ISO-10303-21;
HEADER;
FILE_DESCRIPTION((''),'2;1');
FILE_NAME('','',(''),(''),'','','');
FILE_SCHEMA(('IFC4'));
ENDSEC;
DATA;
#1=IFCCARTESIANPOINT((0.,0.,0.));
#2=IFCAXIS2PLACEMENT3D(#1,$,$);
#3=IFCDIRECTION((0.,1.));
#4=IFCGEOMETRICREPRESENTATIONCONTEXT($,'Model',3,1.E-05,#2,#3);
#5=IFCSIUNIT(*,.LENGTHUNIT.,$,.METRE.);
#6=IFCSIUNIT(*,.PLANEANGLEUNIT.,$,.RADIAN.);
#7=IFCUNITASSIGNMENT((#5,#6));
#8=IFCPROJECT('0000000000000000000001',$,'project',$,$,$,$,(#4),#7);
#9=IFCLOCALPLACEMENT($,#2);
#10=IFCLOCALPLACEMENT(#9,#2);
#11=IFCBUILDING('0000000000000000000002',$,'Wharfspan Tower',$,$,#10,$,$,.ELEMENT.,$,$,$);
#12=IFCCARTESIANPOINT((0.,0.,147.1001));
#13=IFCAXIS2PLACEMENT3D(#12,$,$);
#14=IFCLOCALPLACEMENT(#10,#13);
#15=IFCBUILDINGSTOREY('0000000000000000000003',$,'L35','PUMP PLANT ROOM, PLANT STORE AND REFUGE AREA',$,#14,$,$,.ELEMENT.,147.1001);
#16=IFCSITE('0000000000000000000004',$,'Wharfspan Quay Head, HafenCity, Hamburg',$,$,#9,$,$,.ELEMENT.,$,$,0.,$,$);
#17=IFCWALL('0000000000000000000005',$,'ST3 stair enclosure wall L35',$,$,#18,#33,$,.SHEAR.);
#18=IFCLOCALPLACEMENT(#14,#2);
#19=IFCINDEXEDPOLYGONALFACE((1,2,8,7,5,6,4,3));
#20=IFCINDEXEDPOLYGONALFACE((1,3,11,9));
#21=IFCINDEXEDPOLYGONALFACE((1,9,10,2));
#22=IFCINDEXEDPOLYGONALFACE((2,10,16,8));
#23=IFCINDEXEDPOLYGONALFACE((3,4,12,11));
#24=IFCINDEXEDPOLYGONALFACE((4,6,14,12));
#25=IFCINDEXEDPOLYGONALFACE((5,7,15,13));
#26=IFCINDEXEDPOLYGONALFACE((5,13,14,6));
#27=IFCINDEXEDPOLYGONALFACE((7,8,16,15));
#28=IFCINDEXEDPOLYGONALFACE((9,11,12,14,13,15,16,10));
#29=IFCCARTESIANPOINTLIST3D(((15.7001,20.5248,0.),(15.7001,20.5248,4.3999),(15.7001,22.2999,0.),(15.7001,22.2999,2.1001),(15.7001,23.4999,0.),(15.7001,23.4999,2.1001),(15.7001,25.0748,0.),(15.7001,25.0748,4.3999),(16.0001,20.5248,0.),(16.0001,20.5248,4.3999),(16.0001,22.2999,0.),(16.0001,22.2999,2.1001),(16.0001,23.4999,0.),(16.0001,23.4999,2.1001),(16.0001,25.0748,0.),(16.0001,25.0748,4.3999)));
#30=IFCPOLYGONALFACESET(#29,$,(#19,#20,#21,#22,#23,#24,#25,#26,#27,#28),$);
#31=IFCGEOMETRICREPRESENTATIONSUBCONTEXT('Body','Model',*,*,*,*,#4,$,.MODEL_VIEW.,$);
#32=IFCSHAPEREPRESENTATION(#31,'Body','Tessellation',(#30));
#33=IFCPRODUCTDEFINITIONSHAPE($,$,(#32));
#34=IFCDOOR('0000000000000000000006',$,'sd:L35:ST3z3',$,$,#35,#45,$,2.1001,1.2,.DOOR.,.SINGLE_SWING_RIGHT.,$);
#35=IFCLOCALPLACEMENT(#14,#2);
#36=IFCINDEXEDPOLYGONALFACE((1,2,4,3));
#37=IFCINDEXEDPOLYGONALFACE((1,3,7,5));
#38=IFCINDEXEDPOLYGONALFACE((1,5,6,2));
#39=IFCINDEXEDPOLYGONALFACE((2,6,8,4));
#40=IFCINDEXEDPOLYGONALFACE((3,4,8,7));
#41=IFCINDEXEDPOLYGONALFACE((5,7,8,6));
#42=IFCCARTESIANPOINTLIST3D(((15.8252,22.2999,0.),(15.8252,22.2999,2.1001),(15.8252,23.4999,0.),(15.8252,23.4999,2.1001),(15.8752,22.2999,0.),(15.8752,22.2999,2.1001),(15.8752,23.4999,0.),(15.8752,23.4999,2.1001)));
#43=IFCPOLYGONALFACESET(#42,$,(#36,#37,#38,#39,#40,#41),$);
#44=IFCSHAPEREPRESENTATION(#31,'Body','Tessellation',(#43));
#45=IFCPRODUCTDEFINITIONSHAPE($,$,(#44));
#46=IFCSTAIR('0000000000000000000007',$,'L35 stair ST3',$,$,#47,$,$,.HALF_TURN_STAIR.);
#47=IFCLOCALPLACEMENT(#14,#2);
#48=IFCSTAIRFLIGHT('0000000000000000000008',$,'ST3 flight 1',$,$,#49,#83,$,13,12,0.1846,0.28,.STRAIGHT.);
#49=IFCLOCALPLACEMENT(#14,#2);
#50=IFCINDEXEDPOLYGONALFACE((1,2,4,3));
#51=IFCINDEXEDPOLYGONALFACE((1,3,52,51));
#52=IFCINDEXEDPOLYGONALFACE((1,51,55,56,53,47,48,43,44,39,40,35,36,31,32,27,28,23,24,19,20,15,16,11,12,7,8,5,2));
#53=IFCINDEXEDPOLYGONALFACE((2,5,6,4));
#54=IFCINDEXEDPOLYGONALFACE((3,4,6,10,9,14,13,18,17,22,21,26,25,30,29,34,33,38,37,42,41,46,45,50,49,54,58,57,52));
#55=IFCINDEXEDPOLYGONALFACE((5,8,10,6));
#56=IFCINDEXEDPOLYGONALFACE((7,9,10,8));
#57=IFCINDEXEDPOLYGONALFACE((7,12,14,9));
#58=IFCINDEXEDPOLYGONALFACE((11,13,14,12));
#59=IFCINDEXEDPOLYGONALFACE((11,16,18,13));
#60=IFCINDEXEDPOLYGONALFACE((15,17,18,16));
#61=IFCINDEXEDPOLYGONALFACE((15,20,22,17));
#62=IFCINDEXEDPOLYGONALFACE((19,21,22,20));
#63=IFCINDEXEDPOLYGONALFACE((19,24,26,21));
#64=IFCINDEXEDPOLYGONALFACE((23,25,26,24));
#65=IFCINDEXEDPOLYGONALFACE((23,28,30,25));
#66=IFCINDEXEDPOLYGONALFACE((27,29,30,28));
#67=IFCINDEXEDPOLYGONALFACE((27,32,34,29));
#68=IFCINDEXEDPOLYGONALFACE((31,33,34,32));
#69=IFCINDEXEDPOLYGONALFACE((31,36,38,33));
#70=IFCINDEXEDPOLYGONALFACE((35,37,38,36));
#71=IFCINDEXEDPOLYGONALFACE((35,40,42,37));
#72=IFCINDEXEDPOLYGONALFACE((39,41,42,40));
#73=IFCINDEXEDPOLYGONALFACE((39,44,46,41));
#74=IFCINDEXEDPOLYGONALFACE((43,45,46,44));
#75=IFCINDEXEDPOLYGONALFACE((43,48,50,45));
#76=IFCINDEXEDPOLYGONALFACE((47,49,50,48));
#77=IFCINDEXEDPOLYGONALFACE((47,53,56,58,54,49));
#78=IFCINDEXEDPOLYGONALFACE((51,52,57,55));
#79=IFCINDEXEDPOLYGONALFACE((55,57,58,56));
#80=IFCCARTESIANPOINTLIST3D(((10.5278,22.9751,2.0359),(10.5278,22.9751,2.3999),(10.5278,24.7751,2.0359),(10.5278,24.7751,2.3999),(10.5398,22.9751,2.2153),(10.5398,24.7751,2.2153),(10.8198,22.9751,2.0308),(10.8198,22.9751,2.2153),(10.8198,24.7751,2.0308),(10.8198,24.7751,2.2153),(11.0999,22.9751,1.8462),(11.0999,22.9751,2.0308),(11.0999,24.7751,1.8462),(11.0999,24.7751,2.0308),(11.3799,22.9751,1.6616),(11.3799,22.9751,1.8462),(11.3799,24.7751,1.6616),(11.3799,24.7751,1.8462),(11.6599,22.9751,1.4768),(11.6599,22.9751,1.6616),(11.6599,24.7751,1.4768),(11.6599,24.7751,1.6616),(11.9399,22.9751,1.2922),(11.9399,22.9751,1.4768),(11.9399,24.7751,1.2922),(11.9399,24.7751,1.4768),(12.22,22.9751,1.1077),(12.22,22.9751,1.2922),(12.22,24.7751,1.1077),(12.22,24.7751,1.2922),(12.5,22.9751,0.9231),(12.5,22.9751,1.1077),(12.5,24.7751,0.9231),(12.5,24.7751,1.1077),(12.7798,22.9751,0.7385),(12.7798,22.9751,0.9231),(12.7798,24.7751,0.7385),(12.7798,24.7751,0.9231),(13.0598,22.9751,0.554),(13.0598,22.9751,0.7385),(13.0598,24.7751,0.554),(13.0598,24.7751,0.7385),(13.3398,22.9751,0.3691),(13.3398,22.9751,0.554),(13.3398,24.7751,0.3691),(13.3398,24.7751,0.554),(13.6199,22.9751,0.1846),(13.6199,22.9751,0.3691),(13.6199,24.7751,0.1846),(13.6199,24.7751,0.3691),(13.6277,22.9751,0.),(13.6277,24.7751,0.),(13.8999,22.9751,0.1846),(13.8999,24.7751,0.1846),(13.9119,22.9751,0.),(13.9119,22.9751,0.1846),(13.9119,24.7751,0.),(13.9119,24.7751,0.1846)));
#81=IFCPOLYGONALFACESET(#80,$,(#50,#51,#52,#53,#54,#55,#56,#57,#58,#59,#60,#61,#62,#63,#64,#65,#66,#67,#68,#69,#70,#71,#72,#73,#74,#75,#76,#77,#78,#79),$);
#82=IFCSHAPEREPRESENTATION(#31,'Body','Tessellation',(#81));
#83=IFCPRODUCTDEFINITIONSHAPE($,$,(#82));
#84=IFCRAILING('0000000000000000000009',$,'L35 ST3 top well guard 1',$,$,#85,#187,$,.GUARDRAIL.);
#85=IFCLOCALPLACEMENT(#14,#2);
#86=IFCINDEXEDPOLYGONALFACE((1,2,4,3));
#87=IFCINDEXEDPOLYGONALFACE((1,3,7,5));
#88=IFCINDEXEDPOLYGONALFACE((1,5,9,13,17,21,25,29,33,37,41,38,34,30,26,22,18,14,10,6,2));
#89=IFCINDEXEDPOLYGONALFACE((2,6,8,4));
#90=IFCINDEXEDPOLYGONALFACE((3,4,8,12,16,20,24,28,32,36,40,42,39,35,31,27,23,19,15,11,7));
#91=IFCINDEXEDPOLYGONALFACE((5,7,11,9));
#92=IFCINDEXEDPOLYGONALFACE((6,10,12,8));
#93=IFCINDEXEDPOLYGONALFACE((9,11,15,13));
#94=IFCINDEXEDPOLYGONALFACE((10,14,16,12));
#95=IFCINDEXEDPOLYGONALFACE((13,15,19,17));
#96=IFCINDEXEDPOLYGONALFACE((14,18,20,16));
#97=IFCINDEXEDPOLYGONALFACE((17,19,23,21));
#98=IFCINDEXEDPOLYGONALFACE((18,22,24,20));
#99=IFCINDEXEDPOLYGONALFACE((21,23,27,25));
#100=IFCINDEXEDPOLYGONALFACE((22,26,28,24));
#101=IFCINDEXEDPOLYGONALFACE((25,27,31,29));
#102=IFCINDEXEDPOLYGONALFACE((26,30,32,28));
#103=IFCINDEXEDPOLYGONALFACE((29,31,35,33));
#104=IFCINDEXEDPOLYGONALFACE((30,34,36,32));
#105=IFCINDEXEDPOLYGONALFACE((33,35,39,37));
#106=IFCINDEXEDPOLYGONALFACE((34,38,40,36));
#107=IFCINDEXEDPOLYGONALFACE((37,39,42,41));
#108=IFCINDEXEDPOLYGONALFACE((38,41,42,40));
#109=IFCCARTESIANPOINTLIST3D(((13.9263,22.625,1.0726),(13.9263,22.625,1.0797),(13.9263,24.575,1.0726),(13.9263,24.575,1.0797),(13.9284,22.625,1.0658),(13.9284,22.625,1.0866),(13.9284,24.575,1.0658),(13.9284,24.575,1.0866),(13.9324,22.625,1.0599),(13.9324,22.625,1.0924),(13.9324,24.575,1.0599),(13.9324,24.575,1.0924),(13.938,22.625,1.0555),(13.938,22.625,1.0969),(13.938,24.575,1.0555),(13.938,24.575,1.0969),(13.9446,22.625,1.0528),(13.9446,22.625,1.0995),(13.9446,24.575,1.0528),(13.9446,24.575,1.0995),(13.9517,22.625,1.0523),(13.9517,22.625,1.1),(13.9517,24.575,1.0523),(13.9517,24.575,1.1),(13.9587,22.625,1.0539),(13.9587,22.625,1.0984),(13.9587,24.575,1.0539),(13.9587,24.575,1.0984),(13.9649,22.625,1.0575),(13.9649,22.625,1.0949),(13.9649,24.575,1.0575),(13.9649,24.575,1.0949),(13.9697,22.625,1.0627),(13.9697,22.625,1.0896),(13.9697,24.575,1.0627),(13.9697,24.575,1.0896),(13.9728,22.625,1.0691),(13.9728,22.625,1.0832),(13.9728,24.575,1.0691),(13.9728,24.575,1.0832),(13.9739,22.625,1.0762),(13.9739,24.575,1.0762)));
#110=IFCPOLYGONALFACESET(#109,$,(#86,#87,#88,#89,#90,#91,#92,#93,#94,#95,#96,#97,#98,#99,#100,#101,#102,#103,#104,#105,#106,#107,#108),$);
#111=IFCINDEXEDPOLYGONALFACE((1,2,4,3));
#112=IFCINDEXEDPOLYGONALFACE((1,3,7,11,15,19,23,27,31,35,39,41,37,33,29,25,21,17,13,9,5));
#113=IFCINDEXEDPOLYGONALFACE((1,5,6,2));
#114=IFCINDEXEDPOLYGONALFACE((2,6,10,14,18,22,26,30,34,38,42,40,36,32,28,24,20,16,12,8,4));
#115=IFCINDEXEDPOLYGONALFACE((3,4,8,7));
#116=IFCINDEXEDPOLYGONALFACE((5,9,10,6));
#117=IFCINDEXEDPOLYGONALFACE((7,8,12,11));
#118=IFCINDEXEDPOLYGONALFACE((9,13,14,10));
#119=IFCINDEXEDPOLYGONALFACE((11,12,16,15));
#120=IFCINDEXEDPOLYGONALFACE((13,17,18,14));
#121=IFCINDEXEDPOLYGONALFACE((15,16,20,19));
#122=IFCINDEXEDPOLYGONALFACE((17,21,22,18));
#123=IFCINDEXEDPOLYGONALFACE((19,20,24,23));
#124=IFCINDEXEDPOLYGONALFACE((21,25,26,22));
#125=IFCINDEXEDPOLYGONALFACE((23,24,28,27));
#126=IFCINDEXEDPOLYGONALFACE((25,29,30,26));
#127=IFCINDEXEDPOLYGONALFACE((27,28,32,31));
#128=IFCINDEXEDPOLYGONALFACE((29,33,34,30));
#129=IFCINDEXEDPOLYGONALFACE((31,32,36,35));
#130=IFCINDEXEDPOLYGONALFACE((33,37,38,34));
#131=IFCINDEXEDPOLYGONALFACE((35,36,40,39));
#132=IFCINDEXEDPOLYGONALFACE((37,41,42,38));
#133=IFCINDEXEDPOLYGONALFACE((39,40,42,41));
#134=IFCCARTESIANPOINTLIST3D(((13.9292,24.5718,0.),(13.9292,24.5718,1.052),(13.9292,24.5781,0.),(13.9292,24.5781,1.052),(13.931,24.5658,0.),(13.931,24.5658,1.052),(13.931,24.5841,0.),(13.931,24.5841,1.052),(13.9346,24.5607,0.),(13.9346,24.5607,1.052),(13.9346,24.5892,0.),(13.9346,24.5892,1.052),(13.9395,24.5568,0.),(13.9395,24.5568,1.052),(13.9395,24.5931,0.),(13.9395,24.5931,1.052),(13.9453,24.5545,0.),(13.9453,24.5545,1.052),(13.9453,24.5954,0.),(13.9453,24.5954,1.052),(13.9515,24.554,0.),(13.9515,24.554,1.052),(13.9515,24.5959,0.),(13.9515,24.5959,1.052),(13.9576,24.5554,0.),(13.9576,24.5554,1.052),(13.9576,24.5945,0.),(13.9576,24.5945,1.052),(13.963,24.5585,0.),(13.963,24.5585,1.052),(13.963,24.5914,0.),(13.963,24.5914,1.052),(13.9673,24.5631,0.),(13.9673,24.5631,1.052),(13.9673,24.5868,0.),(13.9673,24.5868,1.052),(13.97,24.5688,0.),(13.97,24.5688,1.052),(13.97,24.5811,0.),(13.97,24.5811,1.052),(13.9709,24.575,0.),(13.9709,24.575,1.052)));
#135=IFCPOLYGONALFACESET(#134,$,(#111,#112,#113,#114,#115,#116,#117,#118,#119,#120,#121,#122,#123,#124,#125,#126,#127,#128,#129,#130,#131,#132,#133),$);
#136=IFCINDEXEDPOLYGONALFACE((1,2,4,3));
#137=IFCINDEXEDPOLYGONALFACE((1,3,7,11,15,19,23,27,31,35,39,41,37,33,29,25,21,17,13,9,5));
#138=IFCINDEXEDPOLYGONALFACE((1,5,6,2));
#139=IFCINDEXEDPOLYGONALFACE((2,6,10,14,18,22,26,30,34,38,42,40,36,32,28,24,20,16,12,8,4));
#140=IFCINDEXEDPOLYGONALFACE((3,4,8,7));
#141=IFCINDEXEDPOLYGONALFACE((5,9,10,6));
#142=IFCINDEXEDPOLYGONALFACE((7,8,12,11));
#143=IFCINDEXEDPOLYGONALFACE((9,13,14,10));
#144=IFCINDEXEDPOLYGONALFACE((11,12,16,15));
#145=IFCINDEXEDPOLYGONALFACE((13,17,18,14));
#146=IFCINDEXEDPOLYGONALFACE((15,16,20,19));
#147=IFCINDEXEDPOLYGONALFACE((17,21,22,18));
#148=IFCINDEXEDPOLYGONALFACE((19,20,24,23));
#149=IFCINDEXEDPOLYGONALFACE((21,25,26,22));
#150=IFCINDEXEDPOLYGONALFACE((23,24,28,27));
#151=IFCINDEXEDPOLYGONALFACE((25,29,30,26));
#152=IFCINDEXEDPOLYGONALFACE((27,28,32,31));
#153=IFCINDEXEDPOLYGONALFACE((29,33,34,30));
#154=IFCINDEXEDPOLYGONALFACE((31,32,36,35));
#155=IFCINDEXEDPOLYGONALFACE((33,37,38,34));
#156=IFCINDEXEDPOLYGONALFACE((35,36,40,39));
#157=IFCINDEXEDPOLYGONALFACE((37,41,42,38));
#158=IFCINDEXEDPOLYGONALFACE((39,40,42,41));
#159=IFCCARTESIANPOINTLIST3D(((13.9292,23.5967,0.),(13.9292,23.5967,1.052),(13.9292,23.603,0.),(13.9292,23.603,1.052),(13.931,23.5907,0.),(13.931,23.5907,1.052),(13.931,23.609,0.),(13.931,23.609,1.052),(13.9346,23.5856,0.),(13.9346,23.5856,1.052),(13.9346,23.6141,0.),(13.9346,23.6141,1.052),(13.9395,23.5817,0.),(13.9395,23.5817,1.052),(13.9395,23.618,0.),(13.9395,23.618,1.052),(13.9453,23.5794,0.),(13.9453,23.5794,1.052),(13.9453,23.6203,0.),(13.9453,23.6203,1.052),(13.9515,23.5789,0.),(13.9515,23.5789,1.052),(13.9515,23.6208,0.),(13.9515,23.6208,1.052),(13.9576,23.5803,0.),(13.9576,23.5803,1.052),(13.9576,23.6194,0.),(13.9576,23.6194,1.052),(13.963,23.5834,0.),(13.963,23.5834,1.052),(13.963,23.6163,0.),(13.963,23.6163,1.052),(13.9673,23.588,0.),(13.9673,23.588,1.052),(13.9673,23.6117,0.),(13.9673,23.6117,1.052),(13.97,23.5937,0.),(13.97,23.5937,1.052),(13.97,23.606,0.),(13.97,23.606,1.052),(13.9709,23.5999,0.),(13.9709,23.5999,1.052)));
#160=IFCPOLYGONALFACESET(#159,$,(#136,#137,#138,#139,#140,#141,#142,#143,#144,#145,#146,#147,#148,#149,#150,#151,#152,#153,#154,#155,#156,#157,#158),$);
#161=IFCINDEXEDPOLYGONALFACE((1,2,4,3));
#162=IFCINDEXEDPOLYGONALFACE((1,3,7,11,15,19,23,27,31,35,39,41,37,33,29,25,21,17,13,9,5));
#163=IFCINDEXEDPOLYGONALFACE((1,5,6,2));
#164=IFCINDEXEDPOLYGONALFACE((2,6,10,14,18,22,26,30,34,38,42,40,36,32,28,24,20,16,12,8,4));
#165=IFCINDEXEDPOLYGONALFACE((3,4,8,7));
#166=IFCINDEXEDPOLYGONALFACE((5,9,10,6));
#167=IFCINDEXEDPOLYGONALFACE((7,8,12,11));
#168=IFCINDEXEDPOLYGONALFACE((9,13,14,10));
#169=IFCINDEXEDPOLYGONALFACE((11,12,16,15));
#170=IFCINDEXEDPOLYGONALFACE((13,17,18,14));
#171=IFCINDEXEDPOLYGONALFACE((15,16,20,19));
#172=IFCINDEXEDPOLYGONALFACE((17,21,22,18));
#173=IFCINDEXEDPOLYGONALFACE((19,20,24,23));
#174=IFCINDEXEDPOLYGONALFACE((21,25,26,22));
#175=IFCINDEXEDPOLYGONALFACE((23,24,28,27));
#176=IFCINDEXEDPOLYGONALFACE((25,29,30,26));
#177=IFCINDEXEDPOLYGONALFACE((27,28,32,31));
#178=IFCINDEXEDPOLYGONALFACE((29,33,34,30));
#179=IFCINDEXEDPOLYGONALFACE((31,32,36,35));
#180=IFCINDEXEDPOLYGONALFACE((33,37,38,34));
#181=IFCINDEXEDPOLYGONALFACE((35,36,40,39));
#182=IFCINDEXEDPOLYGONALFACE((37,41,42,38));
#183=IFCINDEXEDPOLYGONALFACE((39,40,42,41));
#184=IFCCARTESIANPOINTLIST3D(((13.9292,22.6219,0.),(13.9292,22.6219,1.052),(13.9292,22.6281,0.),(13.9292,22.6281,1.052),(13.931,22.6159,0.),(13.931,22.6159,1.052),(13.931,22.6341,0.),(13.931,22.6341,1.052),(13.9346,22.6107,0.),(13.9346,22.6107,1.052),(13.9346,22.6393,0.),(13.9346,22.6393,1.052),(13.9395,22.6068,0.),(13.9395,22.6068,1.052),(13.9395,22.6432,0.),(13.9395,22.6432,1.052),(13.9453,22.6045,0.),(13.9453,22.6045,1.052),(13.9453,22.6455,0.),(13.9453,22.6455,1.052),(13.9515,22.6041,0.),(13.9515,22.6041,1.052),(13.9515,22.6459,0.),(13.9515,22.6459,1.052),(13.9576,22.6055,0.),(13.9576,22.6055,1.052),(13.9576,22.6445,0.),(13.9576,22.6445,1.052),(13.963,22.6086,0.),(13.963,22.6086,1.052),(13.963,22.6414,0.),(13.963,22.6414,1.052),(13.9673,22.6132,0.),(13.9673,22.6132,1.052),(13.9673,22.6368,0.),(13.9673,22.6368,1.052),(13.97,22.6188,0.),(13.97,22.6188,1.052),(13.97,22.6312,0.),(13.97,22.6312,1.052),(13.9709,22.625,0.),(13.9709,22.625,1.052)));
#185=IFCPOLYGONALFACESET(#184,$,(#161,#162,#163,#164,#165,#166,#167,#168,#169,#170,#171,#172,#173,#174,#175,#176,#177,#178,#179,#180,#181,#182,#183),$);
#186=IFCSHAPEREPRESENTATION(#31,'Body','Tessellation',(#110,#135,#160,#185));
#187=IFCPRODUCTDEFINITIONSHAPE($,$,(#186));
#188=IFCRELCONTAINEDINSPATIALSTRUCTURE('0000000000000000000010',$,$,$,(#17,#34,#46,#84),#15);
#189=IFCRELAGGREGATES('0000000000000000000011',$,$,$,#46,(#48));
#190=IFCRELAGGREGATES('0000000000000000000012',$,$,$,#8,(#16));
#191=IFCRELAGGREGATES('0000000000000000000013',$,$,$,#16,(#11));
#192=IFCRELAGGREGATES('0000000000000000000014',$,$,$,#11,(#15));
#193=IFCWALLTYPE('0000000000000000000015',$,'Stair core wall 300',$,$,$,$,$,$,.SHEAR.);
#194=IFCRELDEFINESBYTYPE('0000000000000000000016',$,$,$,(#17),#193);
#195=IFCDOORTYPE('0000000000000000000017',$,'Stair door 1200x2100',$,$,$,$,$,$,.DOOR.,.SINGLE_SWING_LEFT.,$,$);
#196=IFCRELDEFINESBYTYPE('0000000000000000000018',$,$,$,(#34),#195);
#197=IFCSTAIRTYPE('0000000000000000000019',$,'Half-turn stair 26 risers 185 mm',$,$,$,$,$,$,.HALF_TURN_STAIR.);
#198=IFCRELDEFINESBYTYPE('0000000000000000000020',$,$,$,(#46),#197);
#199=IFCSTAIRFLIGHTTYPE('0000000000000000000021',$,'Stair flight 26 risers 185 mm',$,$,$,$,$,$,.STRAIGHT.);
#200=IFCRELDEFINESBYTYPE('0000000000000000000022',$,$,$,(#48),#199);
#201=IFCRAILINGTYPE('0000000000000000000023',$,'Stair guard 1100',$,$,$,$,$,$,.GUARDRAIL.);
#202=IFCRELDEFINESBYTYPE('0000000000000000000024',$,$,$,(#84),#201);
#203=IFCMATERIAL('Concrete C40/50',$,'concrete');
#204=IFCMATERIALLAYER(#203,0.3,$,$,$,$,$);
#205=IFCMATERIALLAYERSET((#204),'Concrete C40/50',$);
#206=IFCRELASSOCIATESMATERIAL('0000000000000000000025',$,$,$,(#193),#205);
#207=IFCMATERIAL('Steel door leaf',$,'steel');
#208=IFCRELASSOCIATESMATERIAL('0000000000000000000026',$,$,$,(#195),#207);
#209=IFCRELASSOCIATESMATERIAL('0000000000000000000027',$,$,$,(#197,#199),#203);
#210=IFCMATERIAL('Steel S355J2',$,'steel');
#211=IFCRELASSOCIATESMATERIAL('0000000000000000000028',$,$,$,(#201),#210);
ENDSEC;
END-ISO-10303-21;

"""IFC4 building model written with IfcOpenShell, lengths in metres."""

from ifc_helpers import new_model, si_unit, direction, frame, frame_2d, origin, origin_2d, place, context, subcontext, project, spatial, polyline, rectangle, circle, outline, extrude, material, layer, layer_set, type_object, element, fill, aggregate, save


model = new_model("IFC4")

# Units and contexts
model_context = context("Model", 3, precision=1e-05, world=origin(), true_north=direction((0.0, 1.0)))
body_context = subcontext(model_context, "Body", "Model", "MODEL_VIEW")
ifc_project = project(units=[si_unit("LENGTHUNIT", "METRE"), si_unit("PLANEANGLEUNIT", "RADIAN")], contexts=[model_context])

# Site, building, storey
site_placement = place(None, origin())
site = spatial("IfcSite", under=ifc_project, at=site_placement, Name="Wharfspan Quay Head, HafenCity, Hamburg", CompositionType="ELEMENT", RefElevation=0.0)
building_placement = place(site_placement, origin())
building = spatial("IfcBuilding", under=site, at=building_placement, Name="Wharfspan Tower", CompositionType="ELEMENT")
storey_placement = place(building_placement, frame((0.0, 0.0, 147.1001)))
storey = spatial("IfcBuildingStorey", under=building, at=storey_placement, Name="L35", Description="PUMP PLANT ROOM, PLANT STORE AND REFUGE AREA", CompositionType="ELEMENT", Elevation=147.1001)

# Shared definitions
ifc_material_1 = material(Name="Steel S355J2", Category="steel")

# Wall, opening, door
ifc_material_2 = material(Name="Concrete C40/50", Category="concrete")
ifc_layer_1 = layer(ifc_material_2, 0.3)
ifc_layer_set_1 = layer_set([ifc_layer_1], Name="Concrete C40/50")
wall_type_1 = type_object("IfcWallType", Name="Stair core wall 300", PredefinedType="SHEAR", material=ifc_layer_set_1)
wall_1_placement = place(storey_placement, frame((15.8501, 20.5249, 0.0), z_axis=(0.0, 0.0, 1.0), x_axis=(0.0, 1.0, 0.0)))
wall_1 = element("IfcWall", 1, at=wall_1_placement, inside=storey, type_object=wall_type_1, Name="ST3 stair enclosure wall L35", PredefinedType="SHEAR", context=body_context, shape_type="SweptSolid", body=[
    extrude(rectangle(XDim=4.55, YDim=0.3, at=frame_2d((2.2749, 0.0))), origin(), (0.0, 0.0, 1.0), 4.3999),
])
opening_1_placement = place(wall_1_placement, frame((1.7749, 0.0, 0.0)))
opening_1 = element("IfcOpeningElement", 2, at=opening_1_placement, cuts=wall_1, PredefinedType="OPENING", context=body_context, shape_type="SweptSolid", body=[
    extrude(rectangle(XDim=1.2, YDim=2.1001, at=frame_2d((0.6001, 1.05))), frame((0.0, 0.1599, 0.0), z_axis=(0.0, -1.0, 0.0), x_axis=(1.0, 0.0, 0.0)), (0.0, 0.0, 1.0), 0.3201),
])
ifc_material_3 = material(Name="Steel door leaf", Category="steel")
door_type_1 = type_object("IfcDoorType", Name="Stair door 1200x2100", OperationType="SINGLE_SWING_LEFT", PredefinedType="DOOR", material=ifc_material_3)
door_1_placement = place(opening_1_placement, origin())
door_1 = element("IfcDoor", 3, at=door_1_placement, inside=storey, type_object=door_type_1, Name="sd:L35:ST3z3", OperationType="SINGLE_SWING_RIGHT", OverallHeight=2.1001, OverallWidth=1.2, PredefinedType="DOOR", context=body_context, shape_type="SweptSolid", body=[
    extrude(rectangle(XDim=1.2, YDim=2.1001, at=frame_2d((0.6001, 1.05))), frame((0.0, 0.0249, 0.0), z_axis=(0.0, -1.0, 0.0), x_axis=(1.0, 0.0, 0.0)), (0.0, 0.0, 1.0), 0.05),
])
fill(opening_1, door_1)

# Stair, stair flight
stair_type = type_object("IfcStairType", Name="Half-turn stair 26 risers 185 mm", PredefinedType="HALF_TURN_STAIR", material=ifc_material_2)
stair_placement = place(storey_placement, origin())
stair = element("IfcStair", 4, at=stair_placement, inside=storey, type_object=stair_type, Name="L35 stair ST3", PredefinedType="HALF_TURN_STAIR")
stair_flight_type = type_object("IfcStairFlightType", Name="Stair flight 26 risers 185 mm", PredefinedType="STRAIGHT", material=ifc_material_2)
stair_flight_placement = place(storey_placement, frame((13.8999, 23.875, 0.0), z_axis=(0.0, 0.0, 1.0), x_axis=(-1.0, 0.0, 0.0)))
stair_flight = element("IfcStairFlight", 5, at=stair_flight_placement, type_object=stair_flight_type, Name="ST3 flight 1", NumberOfRisers=13, NumberOfTreads=12, PredefinedType="STRAIGHT", RiserHeight=0.1846, TreadLength=0.28, context=body_context, shape_type="SweptSolid", body=[
    extrude(outline(polyline([(-0.012, 0.0), (-0.012, 0.1846), (0.0, 0.1846), (0.28, 0.1846), (0.28, 0.3691), (0.5601, 0.3691), (0.5601, 0.554), (0.8401, 0.554), (0.8401, 0.7385), (1.1201, 0.7385), (1.1201, 0.9231), (1.3999, 0.9231), (1.3999, 1.1077), (1.6799, 1.1077), (1.6799, 1.2922), (1.96, 1.2922), (1.96, 1.4768), (2.24, 1.4768), (2.24, 1.6616), (2.52, 1.6616), (2.52, 1.8462), (2.8, 1.8462), (2.8, 2.0308), (3.0801, 2.0308), (3.0801, 2.2153), (3.3601, 2.2153), (3.3721, 2.3999), (3.3721, 2.0359), (0.2722, 0.0), (-0.012, 0.0)])), frame((0.0, 0.8999, 0.0), z_axis=(0.0, -1.0, 0.0), x_axis=(1.0, 0.0, 0.0)), (0.0, 0.0, 1.0), 1.8),
])
aggregate(stair, [stair_flight])

# Railing
railing_type_1 = type_object("IfcRailingType", Name="Stair guard 1100", PredefinedType="GUARDRAIL", material=ifc_material_1)
railing_1_placement = place(storey_placement, frame((13.95, 24.575, 0.0)))
element("IfcRailing", 6, at=railing_1_placement, inside=storey, type_object=railing_type_1, Name="L35 ST3 top well guard 1", PredefinedType="GUARDRAIL", context=body_context, shape_type="SweptSolid", body=[
    extrude(circle(Radius=0.0239, at=origin_2d()), frame((0.0, 0.0, 1.0762), z_axis=(0.0, -1.0, 0.0), x_axis=(1.0, 0.0, 0.0)), (0.0, 0.0, 1.0), 1.95),
    extrude(circle(Radius=0.021, at=origin_2d()), origin(), (0.0, 0.0, 1.0), 1.052),
    extrude(circle(Radius=0.021, at=origin_2d()), frame((0.0, -0.9751, 0.0)), (0.0, 0.0, 1.0), 1.052),
    extrude(circle(Radius=0.021, at=origin_2d()), frame((0.0, -1.95, 0.0)), (0.0, 0.0, 1.0), 1.052),
])

save(model, "model.ifc")
